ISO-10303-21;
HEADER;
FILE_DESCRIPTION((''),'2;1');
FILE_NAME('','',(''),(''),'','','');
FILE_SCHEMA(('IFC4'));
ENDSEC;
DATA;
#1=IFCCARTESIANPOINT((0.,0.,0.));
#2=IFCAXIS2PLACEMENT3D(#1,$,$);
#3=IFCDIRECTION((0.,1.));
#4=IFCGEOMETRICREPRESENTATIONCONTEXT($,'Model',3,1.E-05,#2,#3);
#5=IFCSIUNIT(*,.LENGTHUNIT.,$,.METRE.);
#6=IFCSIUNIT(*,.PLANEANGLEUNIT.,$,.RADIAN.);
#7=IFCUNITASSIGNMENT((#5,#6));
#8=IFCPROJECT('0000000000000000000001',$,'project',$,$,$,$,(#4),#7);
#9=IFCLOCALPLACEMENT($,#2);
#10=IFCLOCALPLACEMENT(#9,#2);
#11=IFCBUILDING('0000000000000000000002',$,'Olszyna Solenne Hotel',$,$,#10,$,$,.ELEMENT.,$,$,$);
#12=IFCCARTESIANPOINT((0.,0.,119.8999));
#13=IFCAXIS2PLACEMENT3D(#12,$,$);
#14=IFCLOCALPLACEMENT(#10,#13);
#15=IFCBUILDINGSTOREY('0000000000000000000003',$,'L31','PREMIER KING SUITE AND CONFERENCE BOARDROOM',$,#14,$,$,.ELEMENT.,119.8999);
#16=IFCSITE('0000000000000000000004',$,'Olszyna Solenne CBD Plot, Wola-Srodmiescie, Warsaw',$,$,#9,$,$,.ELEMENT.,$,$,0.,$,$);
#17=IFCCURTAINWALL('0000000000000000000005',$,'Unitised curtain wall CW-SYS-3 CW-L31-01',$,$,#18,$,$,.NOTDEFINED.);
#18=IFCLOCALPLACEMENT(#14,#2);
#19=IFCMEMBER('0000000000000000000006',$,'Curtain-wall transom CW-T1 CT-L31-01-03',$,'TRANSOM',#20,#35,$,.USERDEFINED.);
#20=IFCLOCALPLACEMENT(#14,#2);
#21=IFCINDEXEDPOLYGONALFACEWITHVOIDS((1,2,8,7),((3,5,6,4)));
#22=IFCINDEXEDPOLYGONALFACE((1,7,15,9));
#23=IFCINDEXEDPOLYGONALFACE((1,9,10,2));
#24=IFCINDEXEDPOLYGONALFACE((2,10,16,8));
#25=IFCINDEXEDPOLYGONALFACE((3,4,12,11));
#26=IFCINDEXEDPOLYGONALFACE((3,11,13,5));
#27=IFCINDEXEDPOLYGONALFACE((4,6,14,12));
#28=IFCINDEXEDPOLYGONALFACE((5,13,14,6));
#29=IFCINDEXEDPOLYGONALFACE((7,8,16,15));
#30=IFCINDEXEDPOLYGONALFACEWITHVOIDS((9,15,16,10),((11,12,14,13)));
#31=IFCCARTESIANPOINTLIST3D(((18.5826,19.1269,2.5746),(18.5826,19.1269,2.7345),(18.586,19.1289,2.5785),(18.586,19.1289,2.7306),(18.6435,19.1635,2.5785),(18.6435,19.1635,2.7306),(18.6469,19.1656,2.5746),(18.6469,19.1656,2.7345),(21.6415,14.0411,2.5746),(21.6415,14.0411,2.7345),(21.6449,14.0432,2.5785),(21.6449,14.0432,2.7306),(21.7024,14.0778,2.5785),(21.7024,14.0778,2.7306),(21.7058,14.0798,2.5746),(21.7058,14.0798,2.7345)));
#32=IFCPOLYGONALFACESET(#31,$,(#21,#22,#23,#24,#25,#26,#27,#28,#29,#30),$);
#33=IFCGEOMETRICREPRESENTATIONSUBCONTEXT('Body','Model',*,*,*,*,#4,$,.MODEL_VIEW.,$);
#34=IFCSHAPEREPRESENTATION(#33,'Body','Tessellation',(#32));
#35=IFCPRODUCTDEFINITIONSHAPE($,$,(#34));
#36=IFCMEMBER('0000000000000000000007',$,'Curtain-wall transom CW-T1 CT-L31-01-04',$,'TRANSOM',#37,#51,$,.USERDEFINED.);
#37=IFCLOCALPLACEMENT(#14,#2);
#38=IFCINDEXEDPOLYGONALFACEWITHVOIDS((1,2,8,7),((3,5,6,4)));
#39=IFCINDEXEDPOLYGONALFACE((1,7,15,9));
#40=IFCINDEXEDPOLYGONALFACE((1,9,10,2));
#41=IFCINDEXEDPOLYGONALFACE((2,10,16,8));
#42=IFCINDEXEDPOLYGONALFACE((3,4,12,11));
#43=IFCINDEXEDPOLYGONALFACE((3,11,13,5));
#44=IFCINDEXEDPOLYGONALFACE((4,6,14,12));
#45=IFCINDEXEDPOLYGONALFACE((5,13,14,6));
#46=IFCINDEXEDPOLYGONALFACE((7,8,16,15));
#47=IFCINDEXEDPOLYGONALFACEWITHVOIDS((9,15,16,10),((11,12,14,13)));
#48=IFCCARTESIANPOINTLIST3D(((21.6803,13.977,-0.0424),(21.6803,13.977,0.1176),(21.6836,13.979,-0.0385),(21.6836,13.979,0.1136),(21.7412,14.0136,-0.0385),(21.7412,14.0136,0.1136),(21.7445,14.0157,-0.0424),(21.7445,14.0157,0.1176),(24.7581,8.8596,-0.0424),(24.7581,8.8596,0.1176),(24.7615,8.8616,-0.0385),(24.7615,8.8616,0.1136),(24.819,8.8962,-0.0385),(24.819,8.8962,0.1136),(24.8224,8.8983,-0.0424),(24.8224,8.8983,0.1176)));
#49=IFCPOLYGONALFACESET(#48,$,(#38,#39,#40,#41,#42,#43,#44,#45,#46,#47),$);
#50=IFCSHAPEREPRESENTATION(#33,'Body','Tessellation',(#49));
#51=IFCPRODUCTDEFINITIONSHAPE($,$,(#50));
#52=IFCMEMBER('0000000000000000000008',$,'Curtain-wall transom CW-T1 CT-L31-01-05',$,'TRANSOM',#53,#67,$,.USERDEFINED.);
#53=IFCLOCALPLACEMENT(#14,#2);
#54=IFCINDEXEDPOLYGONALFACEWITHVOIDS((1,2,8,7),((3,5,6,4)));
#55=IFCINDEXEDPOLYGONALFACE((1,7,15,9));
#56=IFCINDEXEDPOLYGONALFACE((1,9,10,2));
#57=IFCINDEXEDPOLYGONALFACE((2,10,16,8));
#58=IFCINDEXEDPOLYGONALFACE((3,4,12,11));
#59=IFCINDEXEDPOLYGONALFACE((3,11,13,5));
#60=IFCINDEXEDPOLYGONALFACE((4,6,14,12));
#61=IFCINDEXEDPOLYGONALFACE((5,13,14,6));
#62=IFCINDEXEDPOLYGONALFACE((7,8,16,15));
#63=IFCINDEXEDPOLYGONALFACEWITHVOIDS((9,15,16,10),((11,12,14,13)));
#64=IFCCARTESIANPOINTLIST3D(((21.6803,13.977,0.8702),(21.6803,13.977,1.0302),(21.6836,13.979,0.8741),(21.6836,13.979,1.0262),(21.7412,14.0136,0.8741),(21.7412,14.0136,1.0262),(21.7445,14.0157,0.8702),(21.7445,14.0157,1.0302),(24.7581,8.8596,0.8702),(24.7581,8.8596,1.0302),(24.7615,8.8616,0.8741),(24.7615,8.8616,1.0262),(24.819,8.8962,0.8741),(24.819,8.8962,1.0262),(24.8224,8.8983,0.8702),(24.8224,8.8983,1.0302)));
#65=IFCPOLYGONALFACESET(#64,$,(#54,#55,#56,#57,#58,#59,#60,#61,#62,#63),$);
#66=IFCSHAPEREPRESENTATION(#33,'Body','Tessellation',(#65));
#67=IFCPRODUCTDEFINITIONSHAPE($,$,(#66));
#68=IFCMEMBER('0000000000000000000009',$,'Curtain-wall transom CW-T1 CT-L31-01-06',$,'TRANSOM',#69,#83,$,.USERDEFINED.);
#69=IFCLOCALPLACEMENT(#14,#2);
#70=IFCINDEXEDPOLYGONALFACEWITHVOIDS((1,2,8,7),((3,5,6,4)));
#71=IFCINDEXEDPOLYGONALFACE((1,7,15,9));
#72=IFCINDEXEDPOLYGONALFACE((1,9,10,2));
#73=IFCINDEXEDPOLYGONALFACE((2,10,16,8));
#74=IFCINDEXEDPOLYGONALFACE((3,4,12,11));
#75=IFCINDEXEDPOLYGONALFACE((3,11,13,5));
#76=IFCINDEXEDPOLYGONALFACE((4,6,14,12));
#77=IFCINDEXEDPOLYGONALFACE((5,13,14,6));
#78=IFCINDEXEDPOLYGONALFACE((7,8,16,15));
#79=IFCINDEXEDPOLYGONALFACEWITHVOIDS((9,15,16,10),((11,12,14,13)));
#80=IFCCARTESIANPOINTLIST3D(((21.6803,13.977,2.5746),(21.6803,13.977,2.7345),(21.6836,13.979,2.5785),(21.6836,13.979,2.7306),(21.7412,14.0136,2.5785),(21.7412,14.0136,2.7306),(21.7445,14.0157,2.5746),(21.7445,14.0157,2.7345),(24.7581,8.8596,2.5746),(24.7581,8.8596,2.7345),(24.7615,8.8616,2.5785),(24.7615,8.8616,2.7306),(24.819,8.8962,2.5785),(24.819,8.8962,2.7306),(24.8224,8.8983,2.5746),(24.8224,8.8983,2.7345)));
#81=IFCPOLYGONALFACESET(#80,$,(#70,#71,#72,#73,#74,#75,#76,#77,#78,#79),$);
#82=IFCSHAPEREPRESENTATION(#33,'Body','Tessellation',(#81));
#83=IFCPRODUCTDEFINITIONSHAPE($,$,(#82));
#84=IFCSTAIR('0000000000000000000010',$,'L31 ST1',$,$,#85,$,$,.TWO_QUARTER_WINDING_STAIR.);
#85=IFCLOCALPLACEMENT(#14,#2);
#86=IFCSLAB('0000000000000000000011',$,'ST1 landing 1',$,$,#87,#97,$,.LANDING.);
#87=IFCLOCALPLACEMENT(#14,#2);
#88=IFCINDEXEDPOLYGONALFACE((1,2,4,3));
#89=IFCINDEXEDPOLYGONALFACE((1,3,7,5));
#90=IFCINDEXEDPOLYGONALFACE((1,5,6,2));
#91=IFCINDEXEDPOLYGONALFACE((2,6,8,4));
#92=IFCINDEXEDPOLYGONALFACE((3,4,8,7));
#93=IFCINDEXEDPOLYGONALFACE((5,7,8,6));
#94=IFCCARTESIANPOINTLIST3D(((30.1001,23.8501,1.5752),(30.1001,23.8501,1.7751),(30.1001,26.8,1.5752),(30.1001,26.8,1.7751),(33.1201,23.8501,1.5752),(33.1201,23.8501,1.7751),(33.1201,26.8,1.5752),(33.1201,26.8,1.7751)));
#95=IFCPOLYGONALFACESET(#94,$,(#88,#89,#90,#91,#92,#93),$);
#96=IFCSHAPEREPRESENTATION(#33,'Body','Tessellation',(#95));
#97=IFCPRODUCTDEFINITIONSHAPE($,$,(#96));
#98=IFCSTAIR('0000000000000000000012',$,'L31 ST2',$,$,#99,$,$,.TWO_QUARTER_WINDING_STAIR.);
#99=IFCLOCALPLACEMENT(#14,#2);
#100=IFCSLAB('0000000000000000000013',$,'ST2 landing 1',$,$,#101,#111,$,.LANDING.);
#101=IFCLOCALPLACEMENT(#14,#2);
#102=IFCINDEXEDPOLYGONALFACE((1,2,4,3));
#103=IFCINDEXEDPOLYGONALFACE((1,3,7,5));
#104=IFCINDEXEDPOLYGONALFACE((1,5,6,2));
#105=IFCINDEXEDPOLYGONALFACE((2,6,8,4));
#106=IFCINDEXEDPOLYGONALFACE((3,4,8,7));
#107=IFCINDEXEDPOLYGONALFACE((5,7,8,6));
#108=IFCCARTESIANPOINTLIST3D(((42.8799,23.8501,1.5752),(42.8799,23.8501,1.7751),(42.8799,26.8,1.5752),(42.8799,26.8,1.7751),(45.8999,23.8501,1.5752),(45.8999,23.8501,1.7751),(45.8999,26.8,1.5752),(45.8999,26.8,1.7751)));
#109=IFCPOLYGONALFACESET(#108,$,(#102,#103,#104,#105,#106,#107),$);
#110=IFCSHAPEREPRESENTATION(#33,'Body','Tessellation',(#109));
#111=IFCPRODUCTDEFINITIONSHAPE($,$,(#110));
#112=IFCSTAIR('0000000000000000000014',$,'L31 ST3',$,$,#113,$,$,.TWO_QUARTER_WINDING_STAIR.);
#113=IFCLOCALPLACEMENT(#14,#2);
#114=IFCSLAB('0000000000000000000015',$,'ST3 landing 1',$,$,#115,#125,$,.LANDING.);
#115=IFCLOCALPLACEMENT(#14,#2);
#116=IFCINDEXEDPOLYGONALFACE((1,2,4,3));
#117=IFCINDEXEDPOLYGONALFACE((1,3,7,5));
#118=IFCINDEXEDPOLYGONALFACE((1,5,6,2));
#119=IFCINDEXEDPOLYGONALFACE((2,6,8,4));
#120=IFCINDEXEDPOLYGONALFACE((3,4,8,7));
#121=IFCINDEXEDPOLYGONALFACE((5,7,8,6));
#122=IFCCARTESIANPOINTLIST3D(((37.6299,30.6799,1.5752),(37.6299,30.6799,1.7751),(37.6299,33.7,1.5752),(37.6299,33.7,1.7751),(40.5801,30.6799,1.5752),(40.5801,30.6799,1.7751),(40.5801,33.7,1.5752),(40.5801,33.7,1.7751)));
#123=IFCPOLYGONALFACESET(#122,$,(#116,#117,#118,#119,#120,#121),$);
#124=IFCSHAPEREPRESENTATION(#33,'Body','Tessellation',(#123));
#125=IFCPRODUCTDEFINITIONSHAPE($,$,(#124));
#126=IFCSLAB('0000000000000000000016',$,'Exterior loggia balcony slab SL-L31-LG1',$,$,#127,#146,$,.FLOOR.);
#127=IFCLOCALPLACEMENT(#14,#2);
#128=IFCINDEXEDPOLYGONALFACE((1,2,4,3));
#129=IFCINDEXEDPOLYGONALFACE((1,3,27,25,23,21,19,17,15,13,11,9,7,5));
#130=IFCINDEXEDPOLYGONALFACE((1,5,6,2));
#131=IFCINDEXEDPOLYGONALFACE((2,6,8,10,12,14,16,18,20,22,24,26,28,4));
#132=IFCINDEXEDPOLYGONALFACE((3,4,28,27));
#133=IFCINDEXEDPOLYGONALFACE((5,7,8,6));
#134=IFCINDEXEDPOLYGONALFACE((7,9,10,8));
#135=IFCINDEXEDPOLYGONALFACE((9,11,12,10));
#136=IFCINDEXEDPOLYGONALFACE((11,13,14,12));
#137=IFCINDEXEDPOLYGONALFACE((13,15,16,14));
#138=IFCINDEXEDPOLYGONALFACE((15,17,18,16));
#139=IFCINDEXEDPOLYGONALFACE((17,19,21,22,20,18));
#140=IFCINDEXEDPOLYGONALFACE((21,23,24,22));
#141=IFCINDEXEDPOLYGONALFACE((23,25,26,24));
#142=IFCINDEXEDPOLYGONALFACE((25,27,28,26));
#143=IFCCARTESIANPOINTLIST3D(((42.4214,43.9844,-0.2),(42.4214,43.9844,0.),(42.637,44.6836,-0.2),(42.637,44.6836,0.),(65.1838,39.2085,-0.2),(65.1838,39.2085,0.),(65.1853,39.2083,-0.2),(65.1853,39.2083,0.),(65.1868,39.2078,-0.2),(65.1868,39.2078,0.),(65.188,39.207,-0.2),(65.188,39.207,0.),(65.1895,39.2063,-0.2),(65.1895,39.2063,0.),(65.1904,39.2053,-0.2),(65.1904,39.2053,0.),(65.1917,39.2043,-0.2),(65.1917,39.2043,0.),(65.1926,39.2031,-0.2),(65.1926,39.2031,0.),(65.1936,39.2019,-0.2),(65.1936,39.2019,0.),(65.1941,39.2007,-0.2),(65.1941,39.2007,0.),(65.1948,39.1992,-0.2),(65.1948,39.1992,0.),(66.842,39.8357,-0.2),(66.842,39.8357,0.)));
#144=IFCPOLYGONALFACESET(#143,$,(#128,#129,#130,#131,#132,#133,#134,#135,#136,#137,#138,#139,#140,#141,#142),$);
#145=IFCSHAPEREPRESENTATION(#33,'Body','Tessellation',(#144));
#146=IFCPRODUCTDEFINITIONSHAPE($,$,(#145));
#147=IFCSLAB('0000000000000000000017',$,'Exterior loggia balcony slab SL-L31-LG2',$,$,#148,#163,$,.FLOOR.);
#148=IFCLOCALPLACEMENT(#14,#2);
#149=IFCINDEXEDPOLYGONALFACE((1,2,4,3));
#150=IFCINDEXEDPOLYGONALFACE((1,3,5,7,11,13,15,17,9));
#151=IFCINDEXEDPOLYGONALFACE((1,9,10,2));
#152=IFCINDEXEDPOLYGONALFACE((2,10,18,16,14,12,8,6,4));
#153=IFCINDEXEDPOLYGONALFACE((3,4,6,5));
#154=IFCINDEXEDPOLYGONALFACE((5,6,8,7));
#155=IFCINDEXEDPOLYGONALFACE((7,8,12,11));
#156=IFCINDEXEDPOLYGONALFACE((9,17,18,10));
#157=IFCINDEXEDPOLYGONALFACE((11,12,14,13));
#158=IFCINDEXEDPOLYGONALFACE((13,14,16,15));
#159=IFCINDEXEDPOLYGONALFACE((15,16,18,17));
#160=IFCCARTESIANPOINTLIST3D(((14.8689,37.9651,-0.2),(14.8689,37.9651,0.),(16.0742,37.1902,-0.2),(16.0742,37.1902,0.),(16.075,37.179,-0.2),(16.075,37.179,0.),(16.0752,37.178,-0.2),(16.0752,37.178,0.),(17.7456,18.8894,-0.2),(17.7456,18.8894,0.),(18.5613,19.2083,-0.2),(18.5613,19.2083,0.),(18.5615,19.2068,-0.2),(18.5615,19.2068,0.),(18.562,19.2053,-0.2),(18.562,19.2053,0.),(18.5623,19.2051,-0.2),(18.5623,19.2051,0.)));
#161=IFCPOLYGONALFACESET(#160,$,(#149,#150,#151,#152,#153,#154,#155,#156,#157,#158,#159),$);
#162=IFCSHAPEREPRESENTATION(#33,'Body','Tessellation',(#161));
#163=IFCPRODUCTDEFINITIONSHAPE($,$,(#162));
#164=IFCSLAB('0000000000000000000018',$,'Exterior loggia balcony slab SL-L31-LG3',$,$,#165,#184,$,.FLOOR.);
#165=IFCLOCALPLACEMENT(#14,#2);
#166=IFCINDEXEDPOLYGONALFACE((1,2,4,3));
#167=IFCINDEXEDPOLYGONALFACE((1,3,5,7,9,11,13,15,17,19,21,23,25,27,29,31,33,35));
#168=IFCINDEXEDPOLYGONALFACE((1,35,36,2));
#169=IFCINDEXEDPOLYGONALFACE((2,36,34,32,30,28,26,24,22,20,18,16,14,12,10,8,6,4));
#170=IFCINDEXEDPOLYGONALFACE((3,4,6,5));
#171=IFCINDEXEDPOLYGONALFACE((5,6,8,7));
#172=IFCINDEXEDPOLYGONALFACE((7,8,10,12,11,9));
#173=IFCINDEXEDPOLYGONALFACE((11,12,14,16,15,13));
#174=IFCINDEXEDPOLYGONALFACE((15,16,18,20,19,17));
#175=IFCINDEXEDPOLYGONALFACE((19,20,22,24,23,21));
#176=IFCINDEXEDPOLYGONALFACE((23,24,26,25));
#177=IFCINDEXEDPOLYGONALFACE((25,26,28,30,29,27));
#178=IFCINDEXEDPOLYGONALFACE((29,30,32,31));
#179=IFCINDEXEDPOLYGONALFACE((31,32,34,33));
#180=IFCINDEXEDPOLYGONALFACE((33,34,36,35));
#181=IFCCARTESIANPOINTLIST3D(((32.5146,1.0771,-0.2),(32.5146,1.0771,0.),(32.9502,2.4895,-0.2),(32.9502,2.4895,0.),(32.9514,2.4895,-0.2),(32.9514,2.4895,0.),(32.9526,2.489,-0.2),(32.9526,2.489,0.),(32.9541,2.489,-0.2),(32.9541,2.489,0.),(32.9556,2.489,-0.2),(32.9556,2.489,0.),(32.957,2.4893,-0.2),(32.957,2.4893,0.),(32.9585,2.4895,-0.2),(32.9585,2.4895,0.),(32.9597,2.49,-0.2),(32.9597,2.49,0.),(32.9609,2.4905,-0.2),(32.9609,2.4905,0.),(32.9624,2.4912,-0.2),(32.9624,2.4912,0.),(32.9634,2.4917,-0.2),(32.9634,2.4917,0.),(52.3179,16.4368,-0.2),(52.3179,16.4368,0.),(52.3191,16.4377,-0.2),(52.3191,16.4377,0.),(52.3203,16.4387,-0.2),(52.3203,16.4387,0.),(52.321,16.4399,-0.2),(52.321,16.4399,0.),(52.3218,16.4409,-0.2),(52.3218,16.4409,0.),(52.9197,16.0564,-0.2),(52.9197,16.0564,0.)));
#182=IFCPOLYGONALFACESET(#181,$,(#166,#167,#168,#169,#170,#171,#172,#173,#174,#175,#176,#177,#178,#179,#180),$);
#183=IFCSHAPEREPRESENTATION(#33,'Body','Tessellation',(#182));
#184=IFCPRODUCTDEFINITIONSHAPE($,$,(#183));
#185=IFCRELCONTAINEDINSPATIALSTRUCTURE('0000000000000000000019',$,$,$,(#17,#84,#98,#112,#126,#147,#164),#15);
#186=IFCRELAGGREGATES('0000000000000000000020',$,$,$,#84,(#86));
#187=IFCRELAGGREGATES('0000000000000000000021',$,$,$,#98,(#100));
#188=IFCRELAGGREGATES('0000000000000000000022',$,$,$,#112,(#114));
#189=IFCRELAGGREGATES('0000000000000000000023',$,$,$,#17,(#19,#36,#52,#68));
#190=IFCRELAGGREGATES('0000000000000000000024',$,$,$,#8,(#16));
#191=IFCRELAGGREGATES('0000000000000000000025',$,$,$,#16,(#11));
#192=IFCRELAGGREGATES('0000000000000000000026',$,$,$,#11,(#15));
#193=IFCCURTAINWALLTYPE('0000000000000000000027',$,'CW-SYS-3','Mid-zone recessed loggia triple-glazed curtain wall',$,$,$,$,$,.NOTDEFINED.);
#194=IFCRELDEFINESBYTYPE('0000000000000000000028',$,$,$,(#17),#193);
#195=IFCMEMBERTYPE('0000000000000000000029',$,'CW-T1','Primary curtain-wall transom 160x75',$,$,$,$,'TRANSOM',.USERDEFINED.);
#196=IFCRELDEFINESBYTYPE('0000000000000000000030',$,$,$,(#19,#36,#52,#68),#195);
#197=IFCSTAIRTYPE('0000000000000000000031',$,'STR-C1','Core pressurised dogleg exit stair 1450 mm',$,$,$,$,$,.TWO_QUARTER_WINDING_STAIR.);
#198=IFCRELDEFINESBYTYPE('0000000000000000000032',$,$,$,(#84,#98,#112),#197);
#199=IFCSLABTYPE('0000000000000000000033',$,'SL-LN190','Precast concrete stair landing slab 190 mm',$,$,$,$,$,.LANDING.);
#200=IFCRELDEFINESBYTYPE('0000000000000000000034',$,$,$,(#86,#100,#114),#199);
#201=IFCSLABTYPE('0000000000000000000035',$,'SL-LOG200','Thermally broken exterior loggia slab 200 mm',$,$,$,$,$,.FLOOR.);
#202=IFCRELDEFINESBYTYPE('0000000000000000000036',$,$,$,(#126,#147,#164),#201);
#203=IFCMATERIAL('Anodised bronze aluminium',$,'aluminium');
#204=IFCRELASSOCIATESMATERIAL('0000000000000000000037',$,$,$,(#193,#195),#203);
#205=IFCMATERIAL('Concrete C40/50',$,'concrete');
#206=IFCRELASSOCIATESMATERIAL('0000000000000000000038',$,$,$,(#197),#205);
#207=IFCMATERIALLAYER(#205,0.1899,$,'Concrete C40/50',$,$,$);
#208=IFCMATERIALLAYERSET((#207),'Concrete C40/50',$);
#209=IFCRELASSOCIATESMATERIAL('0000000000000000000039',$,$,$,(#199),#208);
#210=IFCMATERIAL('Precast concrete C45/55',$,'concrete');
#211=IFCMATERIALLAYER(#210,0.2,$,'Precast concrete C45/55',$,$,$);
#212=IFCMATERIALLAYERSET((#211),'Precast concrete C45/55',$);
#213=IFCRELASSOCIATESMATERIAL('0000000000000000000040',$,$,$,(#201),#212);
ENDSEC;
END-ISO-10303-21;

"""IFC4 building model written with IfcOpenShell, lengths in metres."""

from ifc_helpers import new_model, si_unit, direction, frame, origin, origin_2d, place, context, subcontext, project, spatial, polyline, hollow_rectangle, outline, extrude, source, transform, mapped, material, layer, layer_set, material_profile, profile_set, type_object, element, aggregate, save


model = new_model("IFC4")

# Units and contexts
model_context = context("Model", 3, precision=1e-05, world=origin(), true_north=direction((0.0, 1.0)))
body_context = subcontext(model_context, "Body", "Model", "MODEL_VIEW")
ifc_project = project(units=[si_unit("LENGTHUNIT", "METRE"), si_unit("PLANEANGLEUNIT", "RADIAN")], contexts=[model_context])

# Site, building, storey
site_placement = place(None, origin())
site = spatial("IfcSite", under=ifc_project, at=site_placement, Name="Olszyna Solenne CBD Plot, Wola-Srodmiescie, Warsaw", CompositionType="ELEMENT", RefElevation=0.0)
building_placement = place(site_placement, origin())
building = spatial("IfcBuilding", under=site, at=building_placement, Name="Olszyna Solenne Hotel", CompositionType="ELEMENT")
storey_placement = place(building_placement, frame((0.0, 0.0, 119.8999)))
storey = spatial("IfcBuildingStorey", under=building, at=storey_placement, Name="L31", Description="PREMIER KING SUITE AND CONFERENCE BOARDROOM", CompositionType="ELEMENT", Elevation=119.8999)

# Curtain wall, members
ifc_material_1 = material(Name="Anodised bronze aluminium", Category="aluminium")
curtain_wall_type = type_object("IfcCurtainWallType", Name="CW-SYS-3", Description="Mid-zone recessed loggia triple-glazed curtain wall", PredefinedType="NOTDEFINED", material=ifc_material_1)
curtain_wall_placement = place(storey_placement, origin())
curtain_wall = element("IfcCurtainWall", 1, at=curtain_wall_placement, inside=storey, type_object=curtain_wall_type, Name="Unitised curtain wall CW-SYS-3 CW-L31-01", PredefinedType="NOTDEFINED")
ifc_material_profile_1 = material_profile(ifc_material_1, hollow_rectangle(XDim=0.075, YDim=0.1599, WallThickness=0.0039, at=origin_2d()), Name="TRAN 160x75x4", Category="load-bearing")
ifc_profile_set_1 = profile_set([ifc_material_profile_1], Name="Anodised bronze aluminium")
member_type_1 = type_object("IfcMemberType", Name="CW-T1", Description="Primary curtain-wall transom 160x75", ElementType="TRANSOM", PredefinedType="USERDEFINED", material=ifc_profile_set_1)
shared_shape_1 = source(origin(), body_context, "Body", "SweptSolid", [
    extrude(hollow_rectangle(XDim=0.075, YDim=0.1599, WallThickness=0.0039, at=origin_2d()), origin(), (0.0, 0.0, 1.0), 5.9348),
])
member_1_placement = place(storey_placement, frame((18.6147, 19.1462, 2.6545), z_axis=(0.515415, -0.856941, 0.0), x_axis=(0.856941, 0.515415, 0.0)))
member_1 = element("IfcMember", 2, at=member_1_placement, type_object=member_type_1, Name="Curtain-wall transom CW-T1 CT-L31-01-03", ObjectType="TRANSOM", PredefinedType="USERDEFINED", context=body_context, shape_type="MappedRepresentation", body=[
    mapped(shared_shape_1, transform((0.0, 0.0, 0.0), x_axis=(1.0, 0.0, 0.0), y_axis=(0.0, 1.0, 0.0), z_axis=(0.0, 0.0, 1.0), scale=1.0)),
])
shared_shape_2 = source(origin(), body_context, "Body", "SweptSolid", [
    extrude(hollow_rectangle(XDim=0.075, YDim=0.1599, WallThickness=0.0039, at=origin_2d()), origin(), (0.0, 0.0, 1.0), 5.9717),
])
member_2_placement = place(storey_placement, frame((21.7124, 13.9963, 0.0376), z_axis=(0.515409, -0.856944, 0.0), x_axis=(0.856944, 0.515409, 0.0)))
member_2 = element("IfcMember", 3, at=member_2_placement, type_object=member_type_1, Name="Curtain-wall transom CW-T1 CT-L31-01-04", ObjectType="TRANSOM", PredefinedType="USERDEFINED", context=body_context, shape_type="MappedRepresentation", body=[
    mapped(shared_shape_2, transform((0.0, 0.0, 0.0), x_axis=(1.0, 0.0, 0.0), y_axis=(0.0, 1.0, 0.0), z_axis=(0.0, 0.0, 1.0), scale=1.0)),
])
member_3_placement = place(storey_placement, frame((21.7124, 13.9963, 0.9502), z_axis=(0.515409, -0.856944, 0.0), x_axis=(0.856944, 0.515409, 0.0)))
member_3 = element("IfcMember", 4, at=member_3_placement, type_object=member_type_1, Name="Curtain-wall transom CW-T1 CT-L31-01-05", ObjectType="TRANSOM", PredefinedType="USERDEFINED", context=body_context, shape_type="MappedRepresentation", body=[
    mapped(shared_shape_2, transform((0.0, 0.0, 0.0), x_axis=(1.0, 0.0, 0.0), y_axis=(0.0, 1.0, 0.0), z_axis=(0.0, 0.0, 1.0), scale=1.0)),
])
member_4_placement = place(storey_placement, frame((21.7124, 13.9963, 2.6545), z_axis=(0.515409, -0.856944, 0.0), x_axis=(0.856944, 0.515409, 0.0)))
member_4 = element("IfcMember", 5, at=member_4_placement, type_object=member_type_1, Name="Curtain-wall transom CW-T1 CT-L31-01-06", ObjectType="TRANSOM", PredefinedType="USERDEFINED", context=body_context, shape_type="MappedRepresentation", body=[
    mapped(shared_shape_2, transform((0.0, 0.0, 0.0), x_axis=(1.0, 0.0, 0.0), y_axis=(0.0, 1.0, 0.0), z_axis=(0.0, 0.0, 1.0), scale=1.0)),
])

# Stairs, slabs
ifc_material_2 = material(Name="Concrete C40/50", Category="concrete")
stair_type = type_object("IfcStairType", Name="STR-C1", Description="Core pressurised dogleg exit stair 1450 mm", PredefinedType="TWO_QUARTER_WINDING_STAIR", material=ifc_material_2)
stair_1_placement = place(storey_placement, origin())
stair_1 = element("IfcStair", 6, at=stair_1_placement, inside=storey, type_object=stair_type, Name="L31 ST1", PredefinedType="TWO_QUARTER_WINDING_STAIR")
ifc_layer_1 = layer(ifc_material_2, 0.1899, Name="Concrete C40/50")
ifc_layer_set_1 = layer_set([ifc_layer_1], Name="Concrete C40/50")
slab_type_1 = type_object("IfcSlabType", Name="SL-LN190", Description="Precast concrete stair landing slab 190 mm", PredefinedType="LANDING", material=ifc_layer_set_1)
slab_1_placement = place(storey_placement, frame((0.0, 0.0, 1.5752)))
slab_1 = element("IfcSlab", 7, at=slab_1_placement, type_object=slab_type_1, Name="ST1 landing 1", PredefinedType="LANDING", context=body_context, shape_type="SweptSolid", body=[
    extrude(outline(polyline([(33.1201, 23.8501), (33.1201, 26.8), (30.1001, 26.8), (30.1001, 23.8501), (33.1201, 23.8501)])), origin(), (0.0, 0.0, 1.0), 0.2),
])
aggregate(stair_1, [slab_1])
stair_2_placement = place(storey_placement, origin())
stair_2 = element("IfcStair", 8, at=stair_2_placement, inside=storey, type_object=stair_type, Name="L31 ST2", PredefinedType="TWO_QUARTER_WINDING_STAIR")
slab_2_placement = place(storey_placement, frame((0.0, 0.0, 1.5752)))
slab_2 = element("IfcSlab", 9, at=slab_2_placement, type_object=slab_type_1, Name="ST2 landing 1", PredefinedType="LANDING", context=body_context, shape_type="SweptSolid", body=[
    extrude(outline(polyline([(45.8999, 23.8501), (45.8999, 26.8), (42.8799, 26.8), (42.8799, 23.8501), (45.8999, 23.8501)])), origin(), (0.0, 0.0, 1.0), 0.2),
])
aggregate(stair_2, [slab_2])
stair_3_placement = place(storey_placement, origin())
stair_3 = element("IfcStair", 10, at=stair_3_placement, inside=storey, type_object=stair_type, Name="L31 ST3", PredefinedType="TWO_QUARTER_WINDING_STAIR")
slab_3_placement = place(storey_placement, frame((0.0, 0.0, 1.5752)))
slab_3 = element("IfcSlab", 11, at=slab_3_placement, type_object=slab_type_1, Name="ST3 landing 1", PredefinedType="LANDING", context=body_context, shape_type="SweptSolid", body=[
    extrude(outline(polyline([(37.6299, 30.6799), (40.5801, 30.6799), (40.5801, 33.7), (37.6299, 33.7), (37.6299, 30.6799)])), origin(), (0.0, 0.0, 1.0), 0.2),
])
aggregate(stair_3, [slab_3])

# Slabs
ifc_material_3 = material(Name="Precast concrete C45/55", Category="concrete")
ifc_layer_2 = layer(ifc_material_3, 0.2, Name="Precast concrete C45/55")
ifc_layer_set_2 = layer_set([ifc_layer_2], Name="Precast concrete C45/55")
slab_type_2 = type_object("IfcSlabType", Name="SL-LOG200", Description="Thermally broken exterior loggia slab 200 mm", PredefinedType="FLOOR", material=ifc_layer_set_2)
slab_4_placement = place(storey_placement, frame((0.0, 0.0, -0.2)))
element("IfcSlab", 12, at=slab_4_placement, inside=storey, type_object=slab_type_2, Name="Exterior loggia balcony slab SL-L31-LG1", PredefinedType="FLOOR", context=body_context, shape_type="SweptSolid", body=[
    extrude(outline(polyline([(42.4214, 43.9844), (65.1838, 39.2085), (65.1853, 39.2083), (65.1868, 39.2078), (65.188, 39.207), (65.1895, 39.2063), (65.1904, 39.2053), (65.1917, 39.2043), (65.1926, 39.2031), (65.1936, 39.2019), (65.1941, 39.2007), (65.1948, 39.1992), (66.842, 39.8357), (42.637, 44.6836), (42.4214, 43.9844)])), origin(), (0.0, 0.0, 1.0), 0.2),
])
slab_5_placement = place(storey_placement, frame((0.0, 0.0, -0.2)))
element("IfcSlab", 13, at=slab_5_placement, inside=storey, type_object=slab_type_2, Name="Exterior loggia balcony slab SL-L31-LG2", PredefinedType="FLOOR", context=body_context, shape_type="SweptSolid", body=[
    extrude(outline(polyline([(18.5623, 19.2051), (18.562, 19.2053), (18.5615, 19.2068), (18.5613, 19.2083), (16.0752, 37.178), (16.075, 37.179), (16.0742, 37.1902), (14.8689, 37.9651), (17.7456, 18.8894), (18.5623, 19.2051)])), origin(), (0.0, 0.0, 1.0), 0.2),
])
slab_6_placement = place(storey_placement, frame((0.0, 0.0, -0.2)))
element("IfcSlab", 14, at=slab_6_placement, inside=storey, type_object=slab_type_2, Name="Exterior loggia balcony slab SL-L31-LG3", PredefinedType="FLOOR", context=body_context, shape_type="SweptSolid", body=[
    extrude(outline(polyline([(52.3218, 16.4409), (52.321, 16.4399), (52.3203, 16.4387), (52.3191, 16.4377), (52.3179, 16.4368), (32.9634, 2.4917), (32.9624, 2.4912), (32.9609, 2.4905), (32.9597, 2.49), (32.9585, 2.4895), (32.957, 2.4893), (32.9556, 2.489), (32.9541, 2.489), (32.9526, 2.489), (32.9514, 2.4895), (32.9502, 2.4895), (32.5146, 1.0771), (52.9197, 16.0564), (52.3218, 16.4409)])), origin(), (0.0, 0.0, 1.0), 0.2),
])

aggregate(curtain_wall, [member_1, member_2, member_3, member_4])

save(model, "model.ifc")
